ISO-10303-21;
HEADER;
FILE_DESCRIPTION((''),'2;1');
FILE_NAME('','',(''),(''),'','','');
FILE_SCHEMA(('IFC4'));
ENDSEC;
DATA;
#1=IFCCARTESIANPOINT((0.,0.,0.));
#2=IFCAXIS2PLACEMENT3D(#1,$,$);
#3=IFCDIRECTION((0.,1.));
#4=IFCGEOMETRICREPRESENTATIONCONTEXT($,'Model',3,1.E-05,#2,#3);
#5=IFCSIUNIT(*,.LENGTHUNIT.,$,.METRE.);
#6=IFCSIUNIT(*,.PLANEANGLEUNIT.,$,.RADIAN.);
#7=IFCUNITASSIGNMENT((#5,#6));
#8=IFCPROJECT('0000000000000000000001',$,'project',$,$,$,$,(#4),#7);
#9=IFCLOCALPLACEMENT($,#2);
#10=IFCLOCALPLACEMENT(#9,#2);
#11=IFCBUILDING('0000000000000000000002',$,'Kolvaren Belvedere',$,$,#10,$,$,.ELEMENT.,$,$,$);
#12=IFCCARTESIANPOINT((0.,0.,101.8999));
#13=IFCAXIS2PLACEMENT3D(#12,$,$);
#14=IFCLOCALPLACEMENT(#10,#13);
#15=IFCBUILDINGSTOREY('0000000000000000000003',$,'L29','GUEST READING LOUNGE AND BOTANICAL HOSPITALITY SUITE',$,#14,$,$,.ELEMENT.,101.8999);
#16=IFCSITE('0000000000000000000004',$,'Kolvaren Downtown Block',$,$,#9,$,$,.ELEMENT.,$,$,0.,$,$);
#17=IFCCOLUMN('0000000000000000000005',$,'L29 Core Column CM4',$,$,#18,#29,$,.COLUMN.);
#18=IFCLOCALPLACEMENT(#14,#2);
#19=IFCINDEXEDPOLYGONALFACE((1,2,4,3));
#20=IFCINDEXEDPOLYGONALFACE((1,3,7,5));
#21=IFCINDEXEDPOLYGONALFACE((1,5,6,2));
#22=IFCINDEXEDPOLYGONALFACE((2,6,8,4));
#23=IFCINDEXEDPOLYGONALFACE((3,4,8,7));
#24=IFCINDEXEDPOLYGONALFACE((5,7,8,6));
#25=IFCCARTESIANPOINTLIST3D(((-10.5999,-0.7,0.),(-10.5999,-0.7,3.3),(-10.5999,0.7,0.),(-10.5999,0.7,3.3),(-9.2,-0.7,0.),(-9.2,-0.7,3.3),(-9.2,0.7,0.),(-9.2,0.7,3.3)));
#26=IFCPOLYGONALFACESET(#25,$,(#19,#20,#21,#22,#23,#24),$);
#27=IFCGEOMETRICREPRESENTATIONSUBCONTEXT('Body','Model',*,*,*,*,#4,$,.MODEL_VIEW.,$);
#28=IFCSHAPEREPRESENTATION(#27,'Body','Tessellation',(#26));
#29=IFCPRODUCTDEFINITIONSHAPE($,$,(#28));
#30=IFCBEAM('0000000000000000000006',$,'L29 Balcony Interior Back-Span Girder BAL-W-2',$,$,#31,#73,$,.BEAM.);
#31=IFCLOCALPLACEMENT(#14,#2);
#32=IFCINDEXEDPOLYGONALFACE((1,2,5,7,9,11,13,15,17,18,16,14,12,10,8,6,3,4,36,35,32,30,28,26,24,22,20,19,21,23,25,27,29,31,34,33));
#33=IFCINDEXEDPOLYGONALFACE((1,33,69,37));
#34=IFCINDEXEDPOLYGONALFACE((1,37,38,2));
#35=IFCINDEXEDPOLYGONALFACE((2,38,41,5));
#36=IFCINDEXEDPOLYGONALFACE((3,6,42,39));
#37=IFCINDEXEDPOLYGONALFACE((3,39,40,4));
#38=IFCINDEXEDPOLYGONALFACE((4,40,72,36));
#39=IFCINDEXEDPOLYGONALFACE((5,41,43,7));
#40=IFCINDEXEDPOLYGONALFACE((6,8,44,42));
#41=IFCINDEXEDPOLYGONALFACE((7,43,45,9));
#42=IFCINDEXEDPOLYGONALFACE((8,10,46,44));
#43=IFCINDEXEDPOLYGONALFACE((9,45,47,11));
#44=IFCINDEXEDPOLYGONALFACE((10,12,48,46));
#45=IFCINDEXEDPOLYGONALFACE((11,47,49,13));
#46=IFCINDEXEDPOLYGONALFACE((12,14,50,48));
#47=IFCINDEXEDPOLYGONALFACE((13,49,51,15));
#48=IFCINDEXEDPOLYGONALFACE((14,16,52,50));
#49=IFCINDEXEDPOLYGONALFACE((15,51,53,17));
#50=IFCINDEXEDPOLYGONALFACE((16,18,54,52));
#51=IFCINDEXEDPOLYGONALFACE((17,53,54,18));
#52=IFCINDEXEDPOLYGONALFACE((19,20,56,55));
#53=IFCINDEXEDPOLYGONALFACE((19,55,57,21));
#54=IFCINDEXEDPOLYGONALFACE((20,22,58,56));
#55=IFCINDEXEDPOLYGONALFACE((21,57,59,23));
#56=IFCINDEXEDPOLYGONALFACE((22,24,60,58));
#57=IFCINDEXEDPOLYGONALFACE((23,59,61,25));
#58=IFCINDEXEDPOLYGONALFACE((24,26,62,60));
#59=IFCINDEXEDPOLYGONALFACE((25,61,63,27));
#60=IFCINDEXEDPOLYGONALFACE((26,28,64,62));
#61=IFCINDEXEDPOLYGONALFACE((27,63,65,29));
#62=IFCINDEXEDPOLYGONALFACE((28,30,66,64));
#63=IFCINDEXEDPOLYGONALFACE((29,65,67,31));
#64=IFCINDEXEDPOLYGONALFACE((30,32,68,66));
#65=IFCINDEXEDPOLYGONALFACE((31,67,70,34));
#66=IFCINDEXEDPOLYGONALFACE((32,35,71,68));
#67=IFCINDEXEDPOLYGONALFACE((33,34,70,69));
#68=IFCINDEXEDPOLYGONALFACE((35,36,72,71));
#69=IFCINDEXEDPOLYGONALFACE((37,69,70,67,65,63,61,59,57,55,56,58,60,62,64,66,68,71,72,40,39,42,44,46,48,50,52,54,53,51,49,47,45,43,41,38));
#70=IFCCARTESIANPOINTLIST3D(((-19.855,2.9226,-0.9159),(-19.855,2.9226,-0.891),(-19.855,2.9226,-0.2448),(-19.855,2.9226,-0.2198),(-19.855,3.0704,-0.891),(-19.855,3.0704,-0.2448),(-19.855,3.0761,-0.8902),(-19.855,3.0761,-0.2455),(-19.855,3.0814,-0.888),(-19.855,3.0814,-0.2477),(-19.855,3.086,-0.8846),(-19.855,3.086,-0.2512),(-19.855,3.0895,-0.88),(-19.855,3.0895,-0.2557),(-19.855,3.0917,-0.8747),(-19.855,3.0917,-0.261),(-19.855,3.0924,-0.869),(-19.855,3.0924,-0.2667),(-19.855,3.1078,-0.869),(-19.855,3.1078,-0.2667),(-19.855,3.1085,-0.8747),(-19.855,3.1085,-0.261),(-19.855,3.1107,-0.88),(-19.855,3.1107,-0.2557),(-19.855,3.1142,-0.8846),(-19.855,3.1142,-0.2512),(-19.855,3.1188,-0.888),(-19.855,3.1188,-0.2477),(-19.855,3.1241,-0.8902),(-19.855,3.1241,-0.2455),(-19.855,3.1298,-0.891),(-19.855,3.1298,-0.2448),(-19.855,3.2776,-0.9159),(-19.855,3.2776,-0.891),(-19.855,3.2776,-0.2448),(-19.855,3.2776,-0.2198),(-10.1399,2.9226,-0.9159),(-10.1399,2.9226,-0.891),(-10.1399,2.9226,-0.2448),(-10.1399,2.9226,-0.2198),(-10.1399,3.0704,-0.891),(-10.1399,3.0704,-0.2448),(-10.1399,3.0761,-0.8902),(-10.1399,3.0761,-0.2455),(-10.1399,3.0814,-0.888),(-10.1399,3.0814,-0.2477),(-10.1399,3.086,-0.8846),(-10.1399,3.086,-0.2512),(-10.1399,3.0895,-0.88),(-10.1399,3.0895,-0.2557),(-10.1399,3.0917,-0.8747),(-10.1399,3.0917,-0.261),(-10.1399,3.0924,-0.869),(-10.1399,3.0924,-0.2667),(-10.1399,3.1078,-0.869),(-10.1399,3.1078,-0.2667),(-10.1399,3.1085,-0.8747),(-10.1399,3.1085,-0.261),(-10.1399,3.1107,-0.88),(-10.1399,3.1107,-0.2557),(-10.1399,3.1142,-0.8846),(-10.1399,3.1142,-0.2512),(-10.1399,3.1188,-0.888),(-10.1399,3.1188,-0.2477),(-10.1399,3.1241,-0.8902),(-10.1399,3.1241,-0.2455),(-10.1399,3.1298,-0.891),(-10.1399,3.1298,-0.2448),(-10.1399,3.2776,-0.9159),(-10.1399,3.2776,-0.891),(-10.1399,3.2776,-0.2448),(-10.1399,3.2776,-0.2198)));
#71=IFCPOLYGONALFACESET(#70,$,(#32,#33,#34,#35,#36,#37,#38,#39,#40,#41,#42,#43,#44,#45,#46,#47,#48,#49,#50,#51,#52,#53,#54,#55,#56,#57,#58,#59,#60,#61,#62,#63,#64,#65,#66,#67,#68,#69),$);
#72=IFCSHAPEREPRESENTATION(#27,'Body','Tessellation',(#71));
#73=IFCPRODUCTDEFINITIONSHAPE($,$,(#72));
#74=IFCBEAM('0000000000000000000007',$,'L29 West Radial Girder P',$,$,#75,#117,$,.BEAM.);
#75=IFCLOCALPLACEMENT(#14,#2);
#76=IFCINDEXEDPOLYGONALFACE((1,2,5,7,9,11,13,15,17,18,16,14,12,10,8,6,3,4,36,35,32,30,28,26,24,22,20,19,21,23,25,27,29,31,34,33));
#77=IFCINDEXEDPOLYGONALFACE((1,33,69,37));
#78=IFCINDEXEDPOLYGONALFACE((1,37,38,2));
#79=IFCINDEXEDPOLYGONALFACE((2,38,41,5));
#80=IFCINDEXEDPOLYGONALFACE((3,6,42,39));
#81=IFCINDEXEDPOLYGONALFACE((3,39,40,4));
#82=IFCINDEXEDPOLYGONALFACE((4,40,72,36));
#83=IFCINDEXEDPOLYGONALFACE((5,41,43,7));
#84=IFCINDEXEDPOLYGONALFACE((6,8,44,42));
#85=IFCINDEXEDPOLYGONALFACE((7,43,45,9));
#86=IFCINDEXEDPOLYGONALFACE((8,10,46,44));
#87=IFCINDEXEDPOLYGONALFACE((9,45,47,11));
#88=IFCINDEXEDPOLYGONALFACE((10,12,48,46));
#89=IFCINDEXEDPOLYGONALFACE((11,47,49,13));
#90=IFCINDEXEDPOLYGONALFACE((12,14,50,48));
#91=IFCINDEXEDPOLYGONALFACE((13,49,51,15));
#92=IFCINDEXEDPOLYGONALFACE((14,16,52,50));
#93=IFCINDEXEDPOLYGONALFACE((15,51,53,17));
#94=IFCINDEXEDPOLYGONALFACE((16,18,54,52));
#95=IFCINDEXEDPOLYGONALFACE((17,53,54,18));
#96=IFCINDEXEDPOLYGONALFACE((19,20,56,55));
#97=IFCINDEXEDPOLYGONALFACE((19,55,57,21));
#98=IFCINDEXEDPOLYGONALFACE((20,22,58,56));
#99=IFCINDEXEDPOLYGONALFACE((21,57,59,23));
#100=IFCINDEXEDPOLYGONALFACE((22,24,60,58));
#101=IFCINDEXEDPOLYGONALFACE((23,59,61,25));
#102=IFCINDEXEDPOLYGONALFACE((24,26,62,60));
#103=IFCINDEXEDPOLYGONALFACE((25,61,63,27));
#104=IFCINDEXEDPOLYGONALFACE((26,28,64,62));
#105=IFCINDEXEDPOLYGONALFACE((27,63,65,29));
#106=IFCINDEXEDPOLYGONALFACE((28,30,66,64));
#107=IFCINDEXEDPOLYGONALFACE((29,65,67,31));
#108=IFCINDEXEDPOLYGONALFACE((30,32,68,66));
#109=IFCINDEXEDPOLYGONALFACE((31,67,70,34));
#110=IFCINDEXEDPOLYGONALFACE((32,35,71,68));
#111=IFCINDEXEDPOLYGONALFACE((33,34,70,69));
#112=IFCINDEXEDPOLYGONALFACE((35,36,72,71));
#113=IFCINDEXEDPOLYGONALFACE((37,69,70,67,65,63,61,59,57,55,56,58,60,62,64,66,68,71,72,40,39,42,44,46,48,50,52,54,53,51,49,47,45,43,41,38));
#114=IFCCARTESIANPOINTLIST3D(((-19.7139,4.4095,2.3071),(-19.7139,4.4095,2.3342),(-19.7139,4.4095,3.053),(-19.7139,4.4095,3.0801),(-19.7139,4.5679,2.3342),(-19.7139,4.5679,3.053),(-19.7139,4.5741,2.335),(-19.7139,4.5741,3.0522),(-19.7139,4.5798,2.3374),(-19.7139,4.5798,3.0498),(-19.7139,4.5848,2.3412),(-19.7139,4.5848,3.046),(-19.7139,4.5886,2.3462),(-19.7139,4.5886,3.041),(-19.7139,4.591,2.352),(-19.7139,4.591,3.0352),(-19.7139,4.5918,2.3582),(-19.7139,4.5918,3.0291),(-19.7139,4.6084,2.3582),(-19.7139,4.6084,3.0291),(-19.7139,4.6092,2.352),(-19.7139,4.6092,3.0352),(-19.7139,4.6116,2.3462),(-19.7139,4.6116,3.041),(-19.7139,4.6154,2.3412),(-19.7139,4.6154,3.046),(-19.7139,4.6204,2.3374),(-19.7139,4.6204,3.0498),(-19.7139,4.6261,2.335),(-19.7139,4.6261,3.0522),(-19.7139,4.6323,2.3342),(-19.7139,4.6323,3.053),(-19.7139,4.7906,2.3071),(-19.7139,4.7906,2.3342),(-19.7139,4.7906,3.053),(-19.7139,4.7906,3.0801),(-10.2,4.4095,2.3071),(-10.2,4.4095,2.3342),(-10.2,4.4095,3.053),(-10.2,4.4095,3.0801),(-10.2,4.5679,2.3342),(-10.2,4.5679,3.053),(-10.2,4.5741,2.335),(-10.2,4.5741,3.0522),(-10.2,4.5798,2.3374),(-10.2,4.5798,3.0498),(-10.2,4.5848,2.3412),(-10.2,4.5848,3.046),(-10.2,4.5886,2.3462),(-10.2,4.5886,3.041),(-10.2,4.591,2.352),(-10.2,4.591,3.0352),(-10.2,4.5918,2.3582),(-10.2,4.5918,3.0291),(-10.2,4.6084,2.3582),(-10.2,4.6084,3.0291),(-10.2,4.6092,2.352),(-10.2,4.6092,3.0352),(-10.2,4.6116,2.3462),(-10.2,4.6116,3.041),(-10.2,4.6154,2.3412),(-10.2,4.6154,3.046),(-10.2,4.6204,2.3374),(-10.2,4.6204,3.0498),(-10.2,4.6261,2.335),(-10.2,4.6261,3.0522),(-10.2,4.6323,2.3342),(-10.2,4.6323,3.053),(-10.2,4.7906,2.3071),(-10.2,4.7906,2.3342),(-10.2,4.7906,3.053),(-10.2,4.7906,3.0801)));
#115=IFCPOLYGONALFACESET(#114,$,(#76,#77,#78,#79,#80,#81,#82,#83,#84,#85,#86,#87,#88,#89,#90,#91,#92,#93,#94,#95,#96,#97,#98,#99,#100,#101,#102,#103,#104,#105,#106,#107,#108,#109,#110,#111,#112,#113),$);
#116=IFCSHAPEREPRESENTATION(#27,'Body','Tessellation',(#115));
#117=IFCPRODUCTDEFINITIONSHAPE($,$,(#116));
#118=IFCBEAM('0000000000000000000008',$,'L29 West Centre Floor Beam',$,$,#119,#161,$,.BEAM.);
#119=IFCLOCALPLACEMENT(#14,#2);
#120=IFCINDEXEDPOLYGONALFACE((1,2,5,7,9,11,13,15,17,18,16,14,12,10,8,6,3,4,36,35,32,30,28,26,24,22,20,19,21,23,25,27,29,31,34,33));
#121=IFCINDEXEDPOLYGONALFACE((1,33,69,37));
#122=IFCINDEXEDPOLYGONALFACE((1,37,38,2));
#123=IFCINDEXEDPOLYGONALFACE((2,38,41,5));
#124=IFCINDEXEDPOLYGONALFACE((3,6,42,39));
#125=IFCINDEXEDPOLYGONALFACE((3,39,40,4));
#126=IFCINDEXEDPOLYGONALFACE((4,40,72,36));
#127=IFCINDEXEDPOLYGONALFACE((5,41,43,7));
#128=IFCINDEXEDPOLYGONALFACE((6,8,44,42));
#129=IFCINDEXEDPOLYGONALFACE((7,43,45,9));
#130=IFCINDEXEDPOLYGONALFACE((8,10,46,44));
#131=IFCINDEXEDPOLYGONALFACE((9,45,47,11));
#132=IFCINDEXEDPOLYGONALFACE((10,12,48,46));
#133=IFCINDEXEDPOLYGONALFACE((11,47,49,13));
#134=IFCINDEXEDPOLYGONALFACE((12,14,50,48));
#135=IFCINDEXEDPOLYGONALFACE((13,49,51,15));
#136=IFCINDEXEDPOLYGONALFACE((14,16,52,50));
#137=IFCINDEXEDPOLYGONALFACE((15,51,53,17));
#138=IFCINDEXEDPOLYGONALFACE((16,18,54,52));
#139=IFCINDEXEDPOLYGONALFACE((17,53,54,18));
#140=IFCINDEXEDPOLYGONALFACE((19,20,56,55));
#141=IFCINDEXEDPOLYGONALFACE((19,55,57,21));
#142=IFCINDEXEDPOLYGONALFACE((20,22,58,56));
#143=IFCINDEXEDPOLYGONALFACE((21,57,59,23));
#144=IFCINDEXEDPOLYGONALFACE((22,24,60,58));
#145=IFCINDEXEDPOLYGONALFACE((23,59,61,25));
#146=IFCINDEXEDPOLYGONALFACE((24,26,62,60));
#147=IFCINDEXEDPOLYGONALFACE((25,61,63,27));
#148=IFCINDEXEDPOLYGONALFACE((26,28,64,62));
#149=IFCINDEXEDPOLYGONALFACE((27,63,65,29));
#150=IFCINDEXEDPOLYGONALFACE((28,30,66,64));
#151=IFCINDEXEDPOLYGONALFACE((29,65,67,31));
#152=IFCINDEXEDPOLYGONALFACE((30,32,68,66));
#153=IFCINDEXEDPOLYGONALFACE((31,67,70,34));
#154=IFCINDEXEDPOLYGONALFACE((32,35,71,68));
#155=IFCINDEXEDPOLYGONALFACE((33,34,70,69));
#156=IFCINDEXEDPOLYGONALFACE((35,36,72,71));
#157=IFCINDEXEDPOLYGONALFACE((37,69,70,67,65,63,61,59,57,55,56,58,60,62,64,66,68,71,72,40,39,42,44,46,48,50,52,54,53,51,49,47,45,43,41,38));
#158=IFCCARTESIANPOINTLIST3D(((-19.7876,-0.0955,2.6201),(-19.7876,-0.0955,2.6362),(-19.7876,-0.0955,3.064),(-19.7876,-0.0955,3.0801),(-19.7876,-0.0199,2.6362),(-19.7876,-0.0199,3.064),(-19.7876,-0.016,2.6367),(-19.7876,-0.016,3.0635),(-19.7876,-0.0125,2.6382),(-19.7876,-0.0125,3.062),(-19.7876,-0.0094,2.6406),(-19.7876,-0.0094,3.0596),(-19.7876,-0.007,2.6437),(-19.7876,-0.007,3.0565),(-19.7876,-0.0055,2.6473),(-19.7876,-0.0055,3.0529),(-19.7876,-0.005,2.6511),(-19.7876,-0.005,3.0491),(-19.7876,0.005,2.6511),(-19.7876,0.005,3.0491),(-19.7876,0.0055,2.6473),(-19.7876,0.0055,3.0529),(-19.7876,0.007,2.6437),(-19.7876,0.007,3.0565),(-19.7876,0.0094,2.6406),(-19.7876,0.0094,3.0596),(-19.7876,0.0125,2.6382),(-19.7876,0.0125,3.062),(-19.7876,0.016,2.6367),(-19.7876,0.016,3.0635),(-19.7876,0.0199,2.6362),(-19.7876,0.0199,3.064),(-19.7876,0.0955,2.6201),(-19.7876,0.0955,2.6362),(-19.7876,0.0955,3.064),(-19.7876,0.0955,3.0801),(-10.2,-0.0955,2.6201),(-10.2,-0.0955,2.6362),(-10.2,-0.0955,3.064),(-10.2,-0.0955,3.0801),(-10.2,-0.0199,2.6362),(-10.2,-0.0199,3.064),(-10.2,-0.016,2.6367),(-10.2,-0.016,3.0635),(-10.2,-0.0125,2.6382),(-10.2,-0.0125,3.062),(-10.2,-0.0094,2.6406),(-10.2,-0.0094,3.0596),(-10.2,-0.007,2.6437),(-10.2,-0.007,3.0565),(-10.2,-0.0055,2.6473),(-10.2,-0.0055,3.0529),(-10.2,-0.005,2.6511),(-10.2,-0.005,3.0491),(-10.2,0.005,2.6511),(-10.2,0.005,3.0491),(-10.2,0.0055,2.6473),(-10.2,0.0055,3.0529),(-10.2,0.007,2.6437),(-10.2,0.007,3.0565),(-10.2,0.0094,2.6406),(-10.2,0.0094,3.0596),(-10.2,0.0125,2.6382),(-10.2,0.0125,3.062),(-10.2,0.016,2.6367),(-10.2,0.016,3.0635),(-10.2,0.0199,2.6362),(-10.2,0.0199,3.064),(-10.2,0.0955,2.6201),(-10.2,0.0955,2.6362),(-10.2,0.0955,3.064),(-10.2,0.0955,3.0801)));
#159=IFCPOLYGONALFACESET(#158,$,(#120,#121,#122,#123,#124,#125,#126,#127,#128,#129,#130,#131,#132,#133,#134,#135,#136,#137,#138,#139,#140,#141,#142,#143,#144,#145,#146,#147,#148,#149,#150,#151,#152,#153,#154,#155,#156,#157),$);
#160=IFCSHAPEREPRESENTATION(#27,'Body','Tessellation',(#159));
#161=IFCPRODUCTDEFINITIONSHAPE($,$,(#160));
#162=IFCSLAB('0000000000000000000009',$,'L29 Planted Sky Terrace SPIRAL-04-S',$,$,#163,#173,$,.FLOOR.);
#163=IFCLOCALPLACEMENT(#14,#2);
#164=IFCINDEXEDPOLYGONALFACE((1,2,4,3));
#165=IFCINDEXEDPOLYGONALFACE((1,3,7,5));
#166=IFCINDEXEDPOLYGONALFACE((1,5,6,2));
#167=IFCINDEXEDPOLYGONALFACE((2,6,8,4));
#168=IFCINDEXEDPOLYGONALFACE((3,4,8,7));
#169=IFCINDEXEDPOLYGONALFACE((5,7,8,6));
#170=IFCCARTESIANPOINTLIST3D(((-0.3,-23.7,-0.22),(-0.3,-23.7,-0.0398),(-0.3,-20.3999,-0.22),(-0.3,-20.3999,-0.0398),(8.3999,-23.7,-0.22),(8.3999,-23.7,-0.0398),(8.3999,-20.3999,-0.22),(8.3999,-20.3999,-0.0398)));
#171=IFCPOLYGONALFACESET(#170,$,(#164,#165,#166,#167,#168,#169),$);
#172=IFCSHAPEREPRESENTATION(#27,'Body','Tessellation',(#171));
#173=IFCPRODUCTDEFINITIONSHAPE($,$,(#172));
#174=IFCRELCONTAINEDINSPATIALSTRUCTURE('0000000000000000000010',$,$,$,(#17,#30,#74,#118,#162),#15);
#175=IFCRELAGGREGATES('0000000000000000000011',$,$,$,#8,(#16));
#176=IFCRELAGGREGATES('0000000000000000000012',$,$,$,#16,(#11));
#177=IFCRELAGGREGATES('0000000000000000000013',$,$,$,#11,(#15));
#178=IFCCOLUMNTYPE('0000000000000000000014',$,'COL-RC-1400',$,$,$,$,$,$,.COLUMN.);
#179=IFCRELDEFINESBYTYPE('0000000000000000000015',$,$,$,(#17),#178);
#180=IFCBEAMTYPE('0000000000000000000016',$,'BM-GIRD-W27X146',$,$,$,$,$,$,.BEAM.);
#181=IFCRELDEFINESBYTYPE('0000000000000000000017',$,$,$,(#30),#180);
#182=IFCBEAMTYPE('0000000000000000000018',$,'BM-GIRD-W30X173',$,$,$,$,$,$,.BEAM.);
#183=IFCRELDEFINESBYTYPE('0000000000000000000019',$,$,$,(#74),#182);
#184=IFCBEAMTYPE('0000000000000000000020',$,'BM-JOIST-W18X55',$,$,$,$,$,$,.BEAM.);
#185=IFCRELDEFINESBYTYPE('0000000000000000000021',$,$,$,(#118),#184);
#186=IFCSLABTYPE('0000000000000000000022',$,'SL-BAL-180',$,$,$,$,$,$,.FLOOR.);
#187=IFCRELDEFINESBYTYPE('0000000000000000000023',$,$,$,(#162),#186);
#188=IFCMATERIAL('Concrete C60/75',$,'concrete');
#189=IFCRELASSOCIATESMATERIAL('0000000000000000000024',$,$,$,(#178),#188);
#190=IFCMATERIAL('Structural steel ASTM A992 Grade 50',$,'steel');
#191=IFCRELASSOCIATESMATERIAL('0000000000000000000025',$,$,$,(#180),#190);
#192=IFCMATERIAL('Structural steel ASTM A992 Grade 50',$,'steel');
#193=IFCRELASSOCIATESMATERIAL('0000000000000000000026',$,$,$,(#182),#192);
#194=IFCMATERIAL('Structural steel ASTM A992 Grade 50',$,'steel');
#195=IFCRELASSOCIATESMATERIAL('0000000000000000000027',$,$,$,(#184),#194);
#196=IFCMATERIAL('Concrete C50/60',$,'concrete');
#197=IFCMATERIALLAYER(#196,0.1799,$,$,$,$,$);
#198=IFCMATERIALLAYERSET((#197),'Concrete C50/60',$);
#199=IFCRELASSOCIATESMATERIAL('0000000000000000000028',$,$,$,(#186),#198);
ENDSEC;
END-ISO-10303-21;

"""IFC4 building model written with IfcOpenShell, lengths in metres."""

from ifc_helpers import new_model, si_unit, direction, frame, origin, origin_2d, place, context, subcontext, project, spatial, polyline, rectangle, i_section, outline, extrude, material, layer, layer_set, material_profile, profile_set, type_object, element, save


model = new_model("IFC4")

# Units and contexts
model_context = context("Model", 3, precision=1e-05, world=origin(), true_north=direction((0.0, 1.0)))
body_context = subcontext(model_context, "Body", "Model", "MODEL_VIEW")
ifc_project = project(units=[si_unit("LENGTHUNIT", "METRE"), si_unit("PLANEANGLEUNIT", "RADIAN")], contexts=[model_context])

# Site, building, storey
site_placement = place(None, origin())
site = spatial("IfcSite", under=ifc_project, at=site_placement, Name="Kolvaren Downtown Block", CompositionType="ELEMENT", RefElevation=0.0)
building_placement = place(site_placement, origin())
building = spatial("IfcBuilding", under=site, at=building_placement, Name="Kolvaren Belvedere", CompositionType="ELEMENT")
storey_placement = place(building_placement, frame((0.0, 0.0, 101.8999)))
storey = spatial("IfcBuildingStorey", under=building, at=storey_placement, Name="L29", Description="GUEST READING LOUNGE AND BOTANICAL HOSPITALITY SUITE", CompositionType="ELEMENT", Elevation=101.8999)

# Column
ifc_material_1 = material(Name="Concrete C60/75", Category="concrete")
ifc_material_profile_1 = material_profile(ifc_material_1, rectangle(XDim=1.3999, YDim=1.3999, at=origin_2d()), Name="RC 1400X1400")
ifc_profile_set_1 = profile_set([ifc_material_profile_1], Name="Concrete C60/75")
column_type = type_object("IfcColumnType", Name="COL-RC-1400", PredefinedType="COLUMN", material=ifc_profile_set_1)
column_placement = place(storey_placement, frame((-9.8999, 0.0, 0.0), z_axis=(0.0, 0.0, 1.0), x_axis=(1.0, 0.0, 0.0)))
element("IfcColumn", 1, at=column_placement, inside=storey, type_object=column_type, Name="L29 Core Column CM4", PredefinedType="COLUMN", context=body_context, shape_type="SweptSolid", body=[
    extrude(rectangle(XDim=1.3999, YDim=1.3999, at=origin_2d()), origin(), (0.0, 0.0, 1.0), 3.3),
])

# Beams
ifc_material_2 = material(Name="Structural steel ASTM A992 Grade 50", Category="steel")
ifc_material_profile_2 = material_profile(ifc_material_2, i_section(OverallWidth=0.355, OverallDepth=0.696, WebThickness=0.0154, FlangeThickness=0.0249, FilletRadius=0.022, at=origin_2d()), Name="W27X146")
ifc_profile_set_2 = profile_set([ifc_material_profile_2], Name="Structural steel ASTM A992 Grade 50")
beam_type_1 = type_object("IfcBeamType", Name="BM-GIRD-W27X146", PredefinedType="BEAM", material=ifc_profile_set_2)
beam_1_placement = place(storey_placement, frame((-10.1399, 3.1001, -0.5679), z_axis=(-1.0, 0.0, 0.0), x_axis=(0.0, -1.0, 0.0)))
element("IfcBeam", 2, at=beam_1_placement, inside=storey, type_object=beam_type_1, Name="L29 Balcony Interior Back-Span Girder BAL-W-2", PredefinedType="BEAM", context=body_context, shape_type="SweptSolid", body=[
    extrude(i_section(OverallWidth=0.355, OverallDepth=0.696, WebThickness=0.0154, FlangeThickness=0.0249, FilletRadius=0.022, at=origin_2d()), origin(), (0.0, 0.0, 1.0), 9.7151),
])
ifc_material_3 = material(Name="Structural steel ASTM A992 Grade 50", Category="steel")
ifc_material_profile_3 = material_profile(ifc_material_3, i_section(OverallWidth=0.3811, OverallDepth=0.7729, WebThickness=0.0166, FlangeThickness=0.0271, FilletRadius=0.0239, at=origin_2d()), Name="W30X173")
ifc_profile_set_3 = profile_set([ifc_material_profile_3], Name="Structural steel ASTM A992 Grade 50")
beam_type_2 = type_object("IfcBeamType", Name="BM-GIRD-W30X173", PredefinedType="BEAM", material=ifc_profile_set_3)
beam_2_placement = place(storey_placement, frame((-10.2, 4.6001, 2.6936), z_axis=(-1.0, 0.0, 0.0), x_axis=(0.0, -1.0, 0.0)))
element("IfcBeam", 3, at=beam_2_placement, inside=storey, type_object=beam_type_2, Name="L29 West Radial Girder P", PredefinedType="BEAM", context=body_context, shape_type="SweptSolid", body=[
    extrude(i_section(OverallWidth=0.3811, OverallDepth=0.7729, WebThickness=0.0166, FlangeThickness=0.0271, FilletRadius=0.0239, at=origin_2d()), origin(), (0.0, 0.0, 1.0), 9.5139),
])
ifc_material_4 = material(Name="Structural steel ASTM A992 Grade 50", Category="steel")
ifc_material_profile_4 = material_profile(ifc_material_4, i_section(OverallWidth=0.1909, OverallDepth=0.46, WebThickness=0.01, FlangeThickness=0.0161, FilletRadius=0.0149, at=origin_2d()), Name="W18X55")
ifc_profile_set_4 = profile_set([ifc_material_profile_4], Name="Structural steel ASTM A992 Grade 50")
beam_type_3 = type_object("IfcBeamType", Name="BM-JOIST-W18X55", PredefinedType="BEAM", material=ifc_profile_set_4)
beam_3_placement = place(storey_placement, frame((-10.2, 0.0, 2.8501), z_axis=(-1.0, 0.0, 0.0), x_axis=(0.0, -1.0, 0.0)))
element("IfcBeam", 4, at=beam_3_placement, inside=storey, type_object=beam_type_3, Name="L29 West Centre Floor Beam", PredefinedType="BEAM", context=body_context, shape_type="SweptSolid", body=[
    extrude(i_section(OverallWidth=0.1909, OverallDepth=0.46, WebThickness=0.01, FlangeThickness=0.0161, FilletRadius=0.0149, at=origin_2d()), origin(), (0.0, 0.0, 1.0), 9.5876),
])

# Slab
ifc_material_5 = material(Name="Concrete C50/60", Category="concrete")
ifc_layer_1 = layer(ifc_material_5, 0.1799)
ifc_layer_set_1 = layer_set([ifc_layer_1], Name="Concrete C50/60")
slab_type_1 = type_object("IfcSlabType", Name="SL-BAL-180", PredefinedType="FLOOR", material=ifc_layer_set_1)
slab_1_placement = place(storey_placement, frame((0.0, 0.0, -0.22)))
element("IfcSlab", 5, at=slab_1_placement, inside=storey, type_object=slab_type_1, Name="L29 Planted Sky Terrace SPIRAL-04-S", PredefinedType="FLOOR", context=body_context, shape_type="SweptSolid", body=[
    extrude(outline(polyline([(-0.3, -23.7), (8.3999, -23.7), (8.3999, -20.3999), (-0.3, -20.3999), (-0.3, -23.7)])), origin(), (0.0, 0.0, 1.0), 0.1802),
])

save(model, "model.ifc")
